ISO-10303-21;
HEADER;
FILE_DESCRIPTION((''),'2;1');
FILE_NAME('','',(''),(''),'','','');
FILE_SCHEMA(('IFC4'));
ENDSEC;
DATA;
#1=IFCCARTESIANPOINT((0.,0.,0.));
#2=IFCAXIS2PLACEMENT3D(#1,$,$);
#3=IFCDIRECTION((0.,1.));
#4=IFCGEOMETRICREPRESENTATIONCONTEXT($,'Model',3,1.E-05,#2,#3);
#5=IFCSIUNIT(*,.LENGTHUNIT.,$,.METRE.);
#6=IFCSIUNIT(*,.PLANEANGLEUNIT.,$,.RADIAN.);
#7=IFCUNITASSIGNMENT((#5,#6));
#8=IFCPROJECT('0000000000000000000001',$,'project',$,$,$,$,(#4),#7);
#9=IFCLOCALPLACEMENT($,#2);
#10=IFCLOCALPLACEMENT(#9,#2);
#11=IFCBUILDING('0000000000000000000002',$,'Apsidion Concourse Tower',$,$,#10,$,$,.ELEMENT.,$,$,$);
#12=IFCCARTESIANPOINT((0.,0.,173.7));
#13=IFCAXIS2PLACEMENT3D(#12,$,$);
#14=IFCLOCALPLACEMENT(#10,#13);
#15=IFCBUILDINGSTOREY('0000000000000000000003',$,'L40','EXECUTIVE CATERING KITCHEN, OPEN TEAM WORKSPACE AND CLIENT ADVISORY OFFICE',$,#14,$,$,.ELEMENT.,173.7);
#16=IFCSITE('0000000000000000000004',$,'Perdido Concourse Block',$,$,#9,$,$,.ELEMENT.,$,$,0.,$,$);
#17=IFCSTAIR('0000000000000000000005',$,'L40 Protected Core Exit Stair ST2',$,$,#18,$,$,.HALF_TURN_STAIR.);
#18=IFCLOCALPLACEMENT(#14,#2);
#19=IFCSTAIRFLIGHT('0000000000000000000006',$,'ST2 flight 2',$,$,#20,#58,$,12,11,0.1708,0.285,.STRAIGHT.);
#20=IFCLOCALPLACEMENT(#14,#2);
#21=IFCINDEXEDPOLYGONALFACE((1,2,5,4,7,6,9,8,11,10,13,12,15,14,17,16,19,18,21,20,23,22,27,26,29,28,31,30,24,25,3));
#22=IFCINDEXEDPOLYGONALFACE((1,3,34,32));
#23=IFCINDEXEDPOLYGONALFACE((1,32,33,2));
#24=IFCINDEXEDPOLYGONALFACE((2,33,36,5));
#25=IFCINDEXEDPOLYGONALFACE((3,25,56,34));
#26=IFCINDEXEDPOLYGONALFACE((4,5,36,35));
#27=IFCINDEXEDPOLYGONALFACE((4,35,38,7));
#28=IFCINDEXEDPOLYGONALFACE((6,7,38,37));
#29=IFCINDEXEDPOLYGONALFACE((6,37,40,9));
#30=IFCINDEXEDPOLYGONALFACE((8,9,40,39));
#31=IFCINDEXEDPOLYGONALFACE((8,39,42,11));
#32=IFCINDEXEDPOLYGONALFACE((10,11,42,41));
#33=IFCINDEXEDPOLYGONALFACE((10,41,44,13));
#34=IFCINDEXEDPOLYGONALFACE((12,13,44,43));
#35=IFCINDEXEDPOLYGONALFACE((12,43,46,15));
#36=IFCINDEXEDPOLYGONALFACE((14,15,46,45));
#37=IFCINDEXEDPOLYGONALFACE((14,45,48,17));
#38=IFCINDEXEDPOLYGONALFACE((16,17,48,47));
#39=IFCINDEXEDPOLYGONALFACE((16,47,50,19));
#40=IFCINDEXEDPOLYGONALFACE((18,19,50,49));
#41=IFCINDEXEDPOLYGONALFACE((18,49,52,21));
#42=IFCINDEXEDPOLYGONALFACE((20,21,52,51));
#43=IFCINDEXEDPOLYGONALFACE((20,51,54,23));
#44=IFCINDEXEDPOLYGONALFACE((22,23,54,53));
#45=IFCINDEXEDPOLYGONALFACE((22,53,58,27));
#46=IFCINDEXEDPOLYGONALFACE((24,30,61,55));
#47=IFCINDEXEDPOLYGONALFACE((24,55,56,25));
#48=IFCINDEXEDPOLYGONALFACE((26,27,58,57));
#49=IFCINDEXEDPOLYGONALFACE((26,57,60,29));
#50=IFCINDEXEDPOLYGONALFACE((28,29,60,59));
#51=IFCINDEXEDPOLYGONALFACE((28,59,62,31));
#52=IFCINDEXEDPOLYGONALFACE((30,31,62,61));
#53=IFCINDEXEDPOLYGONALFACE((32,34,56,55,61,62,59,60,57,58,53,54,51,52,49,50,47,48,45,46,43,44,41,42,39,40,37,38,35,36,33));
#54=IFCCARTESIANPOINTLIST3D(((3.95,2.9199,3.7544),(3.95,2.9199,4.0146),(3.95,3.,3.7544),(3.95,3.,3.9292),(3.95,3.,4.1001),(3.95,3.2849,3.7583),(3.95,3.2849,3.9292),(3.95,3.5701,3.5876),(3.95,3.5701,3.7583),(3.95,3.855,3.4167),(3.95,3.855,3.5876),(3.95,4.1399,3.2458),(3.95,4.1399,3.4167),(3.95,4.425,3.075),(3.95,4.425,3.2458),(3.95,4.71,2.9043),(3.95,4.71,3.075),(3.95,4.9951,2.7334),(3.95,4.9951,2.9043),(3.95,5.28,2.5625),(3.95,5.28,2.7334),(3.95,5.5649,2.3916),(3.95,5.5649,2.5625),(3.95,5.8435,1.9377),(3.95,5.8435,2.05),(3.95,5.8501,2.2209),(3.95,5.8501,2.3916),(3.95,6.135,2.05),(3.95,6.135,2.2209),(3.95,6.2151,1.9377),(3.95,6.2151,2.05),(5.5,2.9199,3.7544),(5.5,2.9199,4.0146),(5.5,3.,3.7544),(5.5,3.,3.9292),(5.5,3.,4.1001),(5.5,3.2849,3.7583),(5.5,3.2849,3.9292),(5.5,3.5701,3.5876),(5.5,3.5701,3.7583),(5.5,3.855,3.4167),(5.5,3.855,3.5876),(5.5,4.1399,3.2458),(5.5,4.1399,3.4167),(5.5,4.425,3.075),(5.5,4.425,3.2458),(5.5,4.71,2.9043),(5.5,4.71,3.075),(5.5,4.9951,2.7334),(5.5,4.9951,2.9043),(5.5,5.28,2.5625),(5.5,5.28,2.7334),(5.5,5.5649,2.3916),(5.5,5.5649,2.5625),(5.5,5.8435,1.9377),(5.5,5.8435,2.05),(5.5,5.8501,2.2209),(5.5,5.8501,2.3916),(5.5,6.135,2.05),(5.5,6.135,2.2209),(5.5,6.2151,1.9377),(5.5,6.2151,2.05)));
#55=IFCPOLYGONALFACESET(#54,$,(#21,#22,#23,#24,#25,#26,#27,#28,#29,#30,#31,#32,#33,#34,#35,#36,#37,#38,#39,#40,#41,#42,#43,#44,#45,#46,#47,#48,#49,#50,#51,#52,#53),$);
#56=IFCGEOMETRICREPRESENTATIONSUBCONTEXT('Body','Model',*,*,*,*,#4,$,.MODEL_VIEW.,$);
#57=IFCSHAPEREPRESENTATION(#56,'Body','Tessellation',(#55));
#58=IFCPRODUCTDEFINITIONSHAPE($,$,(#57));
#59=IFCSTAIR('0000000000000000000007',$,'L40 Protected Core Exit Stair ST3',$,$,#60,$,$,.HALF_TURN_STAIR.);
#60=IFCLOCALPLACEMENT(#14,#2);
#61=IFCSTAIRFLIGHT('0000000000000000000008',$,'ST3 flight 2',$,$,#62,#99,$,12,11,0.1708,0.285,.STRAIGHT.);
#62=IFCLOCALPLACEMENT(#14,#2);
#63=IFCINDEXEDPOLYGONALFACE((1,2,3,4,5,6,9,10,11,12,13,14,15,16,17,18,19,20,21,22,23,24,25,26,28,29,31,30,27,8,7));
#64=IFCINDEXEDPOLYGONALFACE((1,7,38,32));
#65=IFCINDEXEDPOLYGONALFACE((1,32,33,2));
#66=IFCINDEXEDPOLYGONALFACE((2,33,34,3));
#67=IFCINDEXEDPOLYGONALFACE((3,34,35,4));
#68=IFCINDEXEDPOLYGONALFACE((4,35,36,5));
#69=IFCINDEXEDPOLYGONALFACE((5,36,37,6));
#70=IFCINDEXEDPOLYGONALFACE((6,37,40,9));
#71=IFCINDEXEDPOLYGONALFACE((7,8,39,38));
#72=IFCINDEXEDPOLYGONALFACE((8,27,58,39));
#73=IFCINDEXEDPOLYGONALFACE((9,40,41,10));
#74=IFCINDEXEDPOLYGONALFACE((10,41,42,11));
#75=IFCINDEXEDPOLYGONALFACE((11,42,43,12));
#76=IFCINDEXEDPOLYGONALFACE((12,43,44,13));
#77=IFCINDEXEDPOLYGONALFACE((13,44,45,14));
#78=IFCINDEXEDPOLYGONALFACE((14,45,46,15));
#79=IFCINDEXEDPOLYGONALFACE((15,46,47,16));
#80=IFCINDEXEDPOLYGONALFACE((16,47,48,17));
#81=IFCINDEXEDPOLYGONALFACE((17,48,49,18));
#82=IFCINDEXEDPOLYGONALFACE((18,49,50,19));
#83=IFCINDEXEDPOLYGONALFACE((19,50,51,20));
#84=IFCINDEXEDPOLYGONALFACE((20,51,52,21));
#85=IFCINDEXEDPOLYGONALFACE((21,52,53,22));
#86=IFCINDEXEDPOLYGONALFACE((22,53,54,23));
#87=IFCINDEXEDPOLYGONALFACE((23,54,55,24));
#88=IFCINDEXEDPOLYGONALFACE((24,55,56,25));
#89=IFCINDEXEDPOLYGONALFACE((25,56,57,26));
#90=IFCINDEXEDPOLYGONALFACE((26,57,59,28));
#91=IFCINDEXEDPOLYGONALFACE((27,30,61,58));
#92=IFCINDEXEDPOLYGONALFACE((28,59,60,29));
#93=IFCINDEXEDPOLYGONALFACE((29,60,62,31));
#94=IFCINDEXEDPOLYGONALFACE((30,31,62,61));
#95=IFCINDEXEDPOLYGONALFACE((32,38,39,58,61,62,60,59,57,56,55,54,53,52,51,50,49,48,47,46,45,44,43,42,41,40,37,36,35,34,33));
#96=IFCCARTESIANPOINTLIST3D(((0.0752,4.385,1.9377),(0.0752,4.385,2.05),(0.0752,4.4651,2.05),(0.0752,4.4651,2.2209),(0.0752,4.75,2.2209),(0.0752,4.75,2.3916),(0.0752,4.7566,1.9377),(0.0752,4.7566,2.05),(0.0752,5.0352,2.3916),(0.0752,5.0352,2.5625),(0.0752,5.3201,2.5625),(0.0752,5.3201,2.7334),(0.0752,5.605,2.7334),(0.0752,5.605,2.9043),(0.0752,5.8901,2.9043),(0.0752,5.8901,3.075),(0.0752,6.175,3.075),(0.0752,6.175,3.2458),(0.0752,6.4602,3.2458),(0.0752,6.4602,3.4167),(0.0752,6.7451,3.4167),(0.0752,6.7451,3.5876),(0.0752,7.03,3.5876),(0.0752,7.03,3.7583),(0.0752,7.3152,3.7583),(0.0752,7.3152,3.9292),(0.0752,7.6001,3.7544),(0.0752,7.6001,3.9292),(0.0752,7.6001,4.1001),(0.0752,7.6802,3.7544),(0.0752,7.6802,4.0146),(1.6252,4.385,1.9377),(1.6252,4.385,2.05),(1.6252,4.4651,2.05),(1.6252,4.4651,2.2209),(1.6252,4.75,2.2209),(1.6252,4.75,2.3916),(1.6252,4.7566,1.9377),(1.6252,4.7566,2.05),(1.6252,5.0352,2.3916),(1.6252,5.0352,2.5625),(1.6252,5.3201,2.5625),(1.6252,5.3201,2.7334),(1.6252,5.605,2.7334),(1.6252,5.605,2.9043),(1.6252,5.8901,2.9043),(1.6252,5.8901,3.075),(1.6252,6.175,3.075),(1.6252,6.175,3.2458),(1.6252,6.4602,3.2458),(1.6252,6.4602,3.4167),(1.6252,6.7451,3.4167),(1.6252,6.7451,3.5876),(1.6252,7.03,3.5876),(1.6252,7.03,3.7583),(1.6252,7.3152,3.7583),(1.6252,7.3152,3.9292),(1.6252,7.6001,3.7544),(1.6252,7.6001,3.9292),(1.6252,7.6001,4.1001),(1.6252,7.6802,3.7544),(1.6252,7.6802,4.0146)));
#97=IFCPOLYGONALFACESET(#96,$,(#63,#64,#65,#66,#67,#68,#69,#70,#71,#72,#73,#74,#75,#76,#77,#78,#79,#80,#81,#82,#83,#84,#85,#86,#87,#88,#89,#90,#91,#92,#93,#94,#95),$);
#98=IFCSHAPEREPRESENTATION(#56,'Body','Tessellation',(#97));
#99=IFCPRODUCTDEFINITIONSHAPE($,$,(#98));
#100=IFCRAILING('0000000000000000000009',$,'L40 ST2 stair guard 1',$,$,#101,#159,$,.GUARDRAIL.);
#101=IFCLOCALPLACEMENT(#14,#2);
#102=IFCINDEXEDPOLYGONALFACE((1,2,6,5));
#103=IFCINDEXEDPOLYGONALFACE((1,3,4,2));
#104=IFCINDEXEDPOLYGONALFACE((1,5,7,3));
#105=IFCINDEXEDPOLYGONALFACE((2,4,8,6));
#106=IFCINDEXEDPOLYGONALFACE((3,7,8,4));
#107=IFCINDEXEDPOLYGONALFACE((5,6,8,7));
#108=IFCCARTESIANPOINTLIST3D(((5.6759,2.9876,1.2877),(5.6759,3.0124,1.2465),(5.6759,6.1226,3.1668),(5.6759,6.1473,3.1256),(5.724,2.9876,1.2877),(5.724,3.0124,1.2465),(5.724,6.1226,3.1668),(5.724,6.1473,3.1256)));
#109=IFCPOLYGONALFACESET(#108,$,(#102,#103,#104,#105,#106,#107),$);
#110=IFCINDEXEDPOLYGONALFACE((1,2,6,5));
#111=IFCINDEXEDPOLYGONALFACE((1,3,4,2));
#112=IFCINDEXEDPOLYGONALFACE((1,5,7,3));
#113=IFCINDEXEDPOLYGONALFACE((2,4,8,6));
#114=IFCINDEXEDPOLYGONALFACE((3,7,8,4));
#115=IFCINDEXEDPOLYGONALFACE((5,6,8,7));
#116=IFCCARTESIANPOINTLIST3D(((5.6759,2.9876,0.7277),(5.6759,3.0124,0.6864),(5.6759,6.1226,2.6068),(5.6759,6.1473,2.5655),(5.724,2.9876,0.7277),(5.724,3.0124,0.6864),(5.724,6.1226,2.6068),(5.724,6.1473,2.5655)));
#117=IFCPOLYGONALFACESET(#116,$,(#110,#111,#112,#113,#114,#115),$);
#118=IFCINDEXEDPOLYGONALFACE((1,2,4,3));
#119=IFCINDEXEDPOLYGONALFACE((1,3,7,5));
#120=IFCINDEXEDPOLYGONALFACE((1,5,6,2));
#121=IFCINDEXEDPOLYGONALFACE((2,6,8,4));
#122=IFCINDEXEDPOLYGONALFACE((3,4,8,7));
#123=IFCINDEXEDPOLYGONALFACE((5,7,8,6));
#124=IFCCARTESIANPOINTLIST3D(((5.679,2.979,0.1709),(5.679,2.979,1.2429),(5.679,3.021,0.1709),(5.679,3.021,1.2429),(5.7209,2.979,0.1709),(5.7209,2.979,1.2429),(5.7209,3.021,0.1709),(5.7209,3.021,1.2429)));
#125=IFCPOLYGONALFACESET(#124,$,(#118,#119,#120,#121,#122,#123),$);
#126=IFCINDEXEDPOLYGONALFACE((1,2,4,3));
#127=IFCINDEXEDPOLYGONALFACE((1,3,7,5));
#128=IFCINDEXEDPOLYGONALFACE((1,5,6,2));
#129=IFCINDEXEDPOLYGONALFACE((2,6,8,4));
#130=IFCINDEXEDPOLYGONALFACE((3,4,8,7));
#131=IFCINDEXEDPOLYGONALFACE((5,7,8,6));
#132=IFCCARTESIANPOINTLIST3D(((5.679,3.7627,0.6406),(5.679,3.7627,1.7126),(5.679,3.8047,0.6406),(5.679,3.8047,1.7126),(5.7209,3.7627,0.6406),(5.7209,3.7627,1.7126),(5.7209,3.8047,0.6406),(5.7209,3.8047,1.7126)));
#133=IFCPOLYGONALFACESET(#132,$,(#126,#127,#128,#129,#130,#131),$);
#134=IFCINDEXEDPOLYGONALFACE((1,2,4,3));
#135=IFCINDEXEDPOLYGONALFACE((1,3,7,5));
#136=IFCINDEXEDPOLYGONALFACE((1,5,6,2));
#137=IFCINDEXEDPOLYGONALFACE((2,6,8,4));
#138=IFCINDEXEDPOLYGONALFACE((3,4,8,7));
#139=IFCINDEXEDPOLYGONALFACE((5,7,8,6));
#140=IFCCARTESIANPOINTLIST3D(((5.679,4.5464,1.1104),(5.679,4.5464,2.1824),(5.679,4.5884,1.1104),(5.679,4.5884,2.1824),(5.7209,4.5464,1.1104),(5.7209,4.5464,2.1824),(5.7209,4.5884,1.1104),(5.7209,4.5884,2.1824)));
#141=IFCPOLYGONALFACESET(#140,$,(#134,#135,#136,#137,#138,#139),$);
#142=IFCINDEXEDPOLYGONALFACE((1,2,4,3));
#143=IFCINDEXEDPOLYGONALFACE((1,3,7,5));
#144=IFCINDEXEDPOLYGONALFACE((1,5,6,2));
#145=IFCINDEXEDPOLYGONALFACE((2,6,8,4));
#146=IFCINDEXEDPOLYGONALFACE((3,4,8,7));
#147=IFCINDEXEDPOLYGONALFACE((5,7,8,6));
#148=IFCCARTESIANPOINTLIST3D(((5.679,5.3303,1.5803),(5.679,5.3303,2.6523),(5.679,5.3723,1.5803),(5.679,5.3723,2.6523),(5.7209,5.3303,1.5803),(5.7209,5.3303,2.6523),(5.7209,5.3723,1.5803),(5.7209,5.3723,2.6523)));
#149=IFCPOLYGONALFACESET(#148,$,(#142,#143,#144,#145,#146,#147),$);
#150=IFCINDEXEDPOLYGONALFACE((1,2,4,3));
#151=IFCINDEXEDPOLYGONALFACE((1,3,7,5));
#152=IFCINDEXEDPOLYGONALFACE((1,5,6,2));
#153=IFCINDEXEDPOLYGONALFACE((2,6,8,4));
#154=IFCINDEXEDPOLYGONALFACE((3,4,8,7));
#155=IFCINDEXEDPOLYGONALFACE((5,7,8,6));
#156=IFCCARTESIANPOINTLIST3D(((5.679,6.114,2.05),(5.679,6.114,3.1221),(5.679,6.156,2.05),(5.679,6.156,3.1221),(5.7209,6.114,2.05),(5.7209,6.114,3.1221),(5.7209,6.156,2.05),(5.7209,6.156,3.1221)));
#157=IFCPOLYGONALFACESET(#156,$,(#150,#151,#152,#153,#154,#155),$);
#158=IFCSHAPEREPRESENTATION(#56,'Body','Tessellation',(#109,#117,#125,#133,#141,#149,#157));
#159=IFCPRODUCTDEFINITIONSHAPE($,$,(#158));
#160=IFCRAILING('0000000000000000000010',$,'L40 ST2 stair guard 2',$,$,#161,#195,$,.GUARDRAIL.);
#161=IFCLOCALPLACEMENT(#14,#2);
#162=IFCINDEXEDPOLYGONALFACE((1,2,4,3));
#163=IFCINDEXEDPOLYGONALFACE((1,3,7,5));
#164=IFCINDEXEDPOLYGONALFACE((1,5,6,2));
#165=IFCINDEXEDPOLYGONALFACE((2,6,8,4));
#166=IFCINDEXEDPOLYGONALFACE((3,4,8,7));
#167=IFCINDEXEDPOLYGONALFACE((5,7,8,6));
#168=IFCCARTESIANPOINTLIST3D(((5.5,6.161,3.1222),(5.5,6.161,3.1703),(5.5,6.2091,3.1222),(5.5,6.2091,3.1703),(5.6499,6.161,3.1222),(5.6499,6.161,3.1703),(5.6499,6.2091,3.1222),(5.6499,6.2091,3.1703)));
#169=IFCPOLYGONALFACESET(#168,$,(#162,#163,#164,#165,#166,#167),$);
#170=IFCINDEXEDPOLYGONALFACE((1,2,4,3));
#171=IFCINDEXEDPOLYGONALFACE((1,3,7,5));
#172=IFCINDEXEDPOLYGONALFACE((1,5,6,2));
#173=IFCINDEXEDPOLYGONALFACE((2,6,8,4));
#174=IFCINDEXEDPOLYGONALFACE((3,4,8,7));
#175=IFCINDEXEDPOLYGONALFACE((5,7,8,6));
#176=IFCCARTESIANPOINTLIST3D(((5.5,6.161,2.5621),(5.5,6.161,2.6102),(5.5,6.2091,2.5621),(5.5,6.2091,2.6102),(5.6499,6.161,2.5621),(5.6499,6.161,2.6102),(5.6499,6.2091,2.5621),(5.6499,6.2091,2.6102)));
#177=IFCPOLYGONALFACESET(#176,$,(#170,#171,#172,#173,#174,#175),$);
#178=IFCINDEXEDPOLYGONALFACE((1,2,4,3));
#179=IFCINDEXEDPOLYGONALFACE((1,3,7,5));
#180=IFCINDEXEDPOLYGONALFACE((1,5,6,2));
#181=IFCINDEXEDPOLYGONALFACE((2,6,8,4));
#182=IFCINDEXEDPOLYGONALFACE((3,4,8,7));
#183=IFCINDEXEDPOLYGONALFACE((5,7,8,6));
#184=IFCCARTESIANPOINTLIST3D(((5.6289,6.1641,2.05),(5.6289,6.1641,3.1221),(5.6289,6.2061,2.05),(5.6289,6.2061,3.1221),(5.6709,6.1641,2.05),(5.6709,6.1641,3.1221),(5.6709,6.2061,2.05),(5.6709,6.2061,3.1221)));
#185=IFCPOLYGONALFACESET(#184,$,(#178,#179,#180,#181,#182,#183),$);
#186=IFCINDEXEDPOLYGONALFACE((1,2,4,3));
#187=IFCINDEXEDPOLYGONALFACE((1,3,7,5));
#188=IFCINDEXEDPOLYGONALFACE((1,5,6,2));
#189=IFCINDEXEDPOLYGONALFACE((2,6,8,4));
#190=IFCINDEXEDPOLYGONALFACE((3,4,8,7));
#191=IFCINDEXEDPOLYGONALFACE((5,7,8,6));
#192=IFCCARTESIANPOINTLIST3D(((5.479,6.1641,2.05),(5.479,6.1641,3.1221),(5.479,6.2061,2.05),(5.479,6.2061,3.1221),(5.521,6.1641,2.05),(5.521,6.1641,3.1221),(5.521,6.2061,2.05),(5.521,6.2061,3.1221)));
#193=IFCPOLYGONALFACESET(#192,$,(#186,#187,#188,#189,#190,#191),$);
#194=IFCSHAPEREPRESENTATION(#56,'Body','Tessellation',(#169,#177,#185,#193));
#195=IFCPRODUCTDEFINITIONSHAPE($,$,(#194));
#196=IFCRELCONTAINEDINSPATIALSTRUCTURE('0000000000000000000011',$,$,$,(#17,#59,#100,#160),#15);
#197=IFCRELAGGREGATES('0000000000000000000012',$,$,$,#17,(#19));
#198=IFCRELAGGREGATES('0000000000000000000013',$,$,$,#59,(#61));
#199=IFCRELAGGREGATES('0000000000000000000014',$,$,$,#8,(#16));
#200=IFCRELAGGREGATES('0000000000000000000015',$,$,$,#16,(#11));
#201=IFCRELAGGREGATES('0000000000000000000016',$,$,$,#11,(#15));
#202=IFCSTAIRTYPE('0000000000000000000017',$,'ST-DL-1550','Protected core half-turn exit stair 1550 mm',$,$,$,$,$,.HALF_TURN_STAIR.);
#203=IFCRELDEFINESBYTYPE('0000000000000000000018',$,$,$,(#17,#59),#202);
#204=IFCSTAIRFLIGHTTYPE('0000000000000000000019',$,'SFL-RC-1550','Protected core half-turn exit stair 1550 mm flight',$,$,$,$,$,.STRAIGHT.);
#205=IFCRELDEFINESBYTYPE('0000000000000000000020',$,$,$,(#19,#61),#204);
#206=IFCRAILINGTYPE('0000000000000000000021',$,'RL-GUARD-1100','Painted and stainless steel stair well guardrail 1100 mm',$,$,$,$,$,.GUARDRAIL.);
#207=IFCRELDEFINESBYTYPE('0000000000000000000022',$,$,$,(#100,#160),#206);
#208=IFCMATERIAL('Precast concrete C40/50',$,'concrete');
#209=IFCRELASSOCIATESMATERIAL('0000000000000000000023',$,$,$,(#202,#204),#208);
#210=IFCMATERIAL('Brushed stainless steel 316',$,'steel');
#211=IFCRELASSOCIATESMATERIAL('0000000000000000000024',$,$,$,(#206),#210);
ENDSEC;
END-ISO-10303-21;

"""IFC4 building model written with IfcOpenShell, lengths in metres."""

from ifc_helpers import new_model, si_unit, direction, frame, origin, origin_2d, place, context, subcontext, project, spatial, polyline, rectangle, outline, extrude, material, type_object, element, aggregate, save


model = new_model("IFC4")

# Units and contexts
model_context = context("Model", 3, precision=1e-05, world=origin(), true_north=direction((0.0, 1.0)))
body_context = subcontext(model_context, "Body", "Model", "MODEL_VIEW")
ifc_project = project(units=[si_unit("LENGTHUNIT", "METRE"), si_unit("PLANEANGLEUNIT", "RADIAN")], contexts=[model_context])

# Site, building, storey
site_placement = place(None, origin())
site = spatial("IfcSite", under=ifc_project, at=site_placement, Name="Perdido Concourse Block", CompositionType="ELEMENT", RefElevation=0.0)
building_placement = place(site_placement, origin())
building = spatial("IfcBuilding", under=site, at=building_placement, Name="Apsidion Concourse Tower", CompositionType="ELEMENT")
storey_placement = place(building_placement, frame((0.0, 0.0, 173.7)))
storey = spatial("IfcBuildingStorey", under=building, at=storey_placement, Name="L40", Description="EXECUTIVE CATERING KITCHEN, OPEN TEAM WORKSPACE AND CLIENT ADVISORY OFFICE", CompositionType="ELEMENT", Elevation=173.7)

# Stairs, stair flights
ifc_material_1 = material(Name="Precast concrete C40/50", Category="concrete")
stair_type = type_object("IfcStairType", Name="ST-DL-1550", Description="Protected core half-turn exit stair 1550 mm", PredefinedType="HALF_TURN_STAIR", material=ifc_material_1)
stair_1_placement = place(storey_placement, origin())
stair_1 = element("IfcStair", 1, at=stair_1_placement, inside=storey, type_object=stair_type, Name="L40 Protected Core Exit Stair ST2", PredefinedType="HALF_TURN_STAIR")
stair_flight_type = type_object("IfcStairFlightType", Name="SFL-RC-1550", Description="Protected core half-turn exit stair 1550 mm flight", PredefinedType="STRAIGHT", material=ifc_material_1)
stair_flight_1_placement = place(storey_placement, frame((4.7251, 6.135, 2.05), z_axis=(0.0, 0.0, 1.0), x_axis=(0.0, -1.0, 0.0)))
stair_flight_1 = element("IfcStairFlight", 2, at=stair_flight_1_placement, type_object=stair_flight_type, Name="ST2 flight 2", NumberOfRisers=12, NumberOfTreads=11, PredefinedType="STRAIGHT", RiserHeight=0.1708, TreadLength=0.285, context=body_context, shape_type="SweptSolid", body=[
    extrude(outline(polyline([(-0.0801, -0.1123), (-0.0801, 0.0), (0.0, 0.0), (0.0, 0.1709), (0.2849, 0.1709), (0.2849, 0.3416), (0.5701, 0.3416), (0.5701, 0.5125), (0.855, 0.5125), (0.855, 0.6833), (1.1399, 0.6833), (1.1399, 0.8542), (1.425, 0.8542), (1.425, 1.0249), (1.71, 1.0249), (1.71, 1.1958), (1.9951, 1.1958), (1.9951, 1.3667), (2.28, 1.3667), (2.28, 1.5376), (2.5649, 1.5376), (2.5649, 1.7083), (2.8501, 1.7083), (2.8501, 1.8792), (3.135, 1.8792), (3.135, 2.05), (3.2151, 1.9646), (3.2151, 1.7043), (3.135, 1.7043), (0.2915, 0.0), (0.2915, -0.1123), (-0.0801, -0.1123)])), frame((0.0, 0.7749, 0.0), z_axis=(0.0, -1.0, 0.0), x_axis=(1.0, 0.0, 0.0)), (0.0, 0.0, 1.0), 1.55),
])
aggregate(stair_1, [stair_flight_1])
stair_2_placement = place(storey_placement, origin())
stair_2 = element("IfcStair", 3, at=stair_2_placement, inside=storey, type_object=stair_type, Name="L40 Protected Core Exit Stair ST3", PredefinedType="HALF_TURN_STAIR")
stair_flight_2_placement = place(storey_placement, frame((0.8501, 4.4651, 2.05), z_axis=(0.0, 0.0, 1.0), x_axis=(0.0, 1.0, 0.0)))
stair_flight_2 = element("IfcStairFlight", 4, at=stair_flight_2_placement, type_object=stair_flight_type, Name="ST3 flight 2", NumberOfRisers=12, NumberOfTreads=11, PredefinedType="STRAIGHT", RiserHeight=0.1708, TreadLength=0.285, context=body_context, shape_type="SweptSolid", body=[
    extrude(outline(polyline([(-0.0801, -0.1123), (-0.0801, 0.0), (0.0, 0.0), (0.0, 0.1709), (0.2849, 0.1709), (0.2849, 0.3416), (0.5701, 0.3416), (0.5701, 0.5125), (0.855, 0.5125), (0.855, 0.6833), (1.1399, 0.6833), (1.1399, 0.8542), (1.425, 0.8542), (1.425, 1.0249), (1.71, 1.0249), (1.71, 1.1958), (1.9951, 1.1958), (1.9951, 1.3667), (2.28, 1.3667), (2.28, 1.5376), (2.5649, 1.5376), (2.5649, 1.7083), (2.8501, 1.7083), (2.8501, 1.8792), (3.135, 1.8792), (3.135, 2.05), (3.2151, 1.9646), (3.2151, 1.7043), (3.135, 1.7043), (0.2915, 0.0), (0.2915, -0.1123), (-0.0801, -0.1123)])), frame((0.0, 0.7749, 0.0), z_axis=(0.0, -1.0, 0.0), x_axis=(1.0, 0.0, 0.0)), (0.0, 0.0, 1.0), 1.55),
])
aggregate(stair_2, [stair_flight_2])

# Railings
ifc_material_2 = material(Name="Brushed stainless steel 316", Category="steel")
railing_type_1 = type_object("IfcRailingType", Name="RL-GUARD-1100", Description="Painted and stainless steel stair well guardrail 1100 mm", PredefinedType="GUARDRAIL", material=ifc_material_2)
railing_1_placement = place(storey_placement, frame((5.7, 3.0, 0.1709)))
element("IfcRailing", 5, at=railing_1_placement, inside=storey, type_object=railing_type_1, Name="L40 ST2 stair guard 1", PredefinedType="GUARDRAIL", context=body_context, shape_type="SweptSolid", body=[
    extrude(rectangle(XDim=0.0481, YDim=0.0481, at=origin_2d()), frame((0.0, 0.0, 1.0962), z_axis=(0.0, 0.857717, 0.514122), x_axis=(-1.0, 0.0, 0.0)), (0.0, 0.0, 1.0), 3.655),
    extrude(rectangle(XDim=0.0481, YDim=0.0481, at=origin_2d()), frame((0.0, 0.0, 0.5361), z_axis=(0.0, 0.857717, 0.514122), x_axis=(-1.0, 0.0, 0.0)), (0.0, 0.0, 1.0), 3.655),
    extrude(rectangle(XDim=0.042, YDim=0.042, at=origin_2d()), origin(), (0.0, 0.0, 1.0), 1.072),
    extrude(rectangle(XDim=0.042, YDim=0.042, at=origin_2d()), frame((0.0, 0.7837, 0.4697)), (0.0, 0.0, 1.0), 1.072),
    extrude(rectangle(XDim=0.042, YDim=0.042, at=origin_2d()), frame((0.0, 1.5674, 0.9395)), (0.0, 0.0, 1.0), 1.072),
    extrude(rectangle(XDim=0.042, YDim=0.042, at=origin_2d()), frame((0.0, 2.3513, 1.4094)), (0.0, 0.0, 1.0), 1.072),
    extrude(rectangle(XDim=0.042, YDim=0.042, at=origin_2d()), frame((0.0, 3.135, 1.8792)), (0.0, 0.0, 1.0), 1.072),
])
railing_2_placement = place(storey_placement, frame((5.6499, 6.1851, 2.05)))
element("IfcRailing", 6, at=railing_2_placement, inside=storey, type_object=railing_type_1, Name="L40 ST2 stair guard 2", PredefinedType="GUARDRAIL", context=body_context, shape_type="SweptSolid", body=[
    extrude(rectangle(XDim=0.0481, YDim=0.0481, at=origin_2d()), frame((0.0, 0.0, 1.0962), z_axis=(-1.0, 0.0, 0.0), x_axis=(0.0, -1.0, 0.0)), (0.0, 0.0, 1.0), 0.1499),
    extrude(rectangle(XDim=0.0481, YDim=0.0481, at=origin_2d()), frame((0.0, 0.0, 0.5361), z_axis=(-1.0, 0.0, 0.0), x_axis=(0.0, -1.0, 0.0)), (0.0, 0.0, 1.0), 0.1499),
    extrude(rectangle(XDim=0.042, YDim=0.042, at=origin_2d()), origin(), (0.0, 0.0, 1.0), 1.072),
    extrude(rectangle(XDim=0.042, YDim=0.042, at=origin_2d()), frame((-0.1499, 0.0, 0.0)), (0.0, 0.0, 1.0), 1.072),
])

save(model, "model.ifc")
